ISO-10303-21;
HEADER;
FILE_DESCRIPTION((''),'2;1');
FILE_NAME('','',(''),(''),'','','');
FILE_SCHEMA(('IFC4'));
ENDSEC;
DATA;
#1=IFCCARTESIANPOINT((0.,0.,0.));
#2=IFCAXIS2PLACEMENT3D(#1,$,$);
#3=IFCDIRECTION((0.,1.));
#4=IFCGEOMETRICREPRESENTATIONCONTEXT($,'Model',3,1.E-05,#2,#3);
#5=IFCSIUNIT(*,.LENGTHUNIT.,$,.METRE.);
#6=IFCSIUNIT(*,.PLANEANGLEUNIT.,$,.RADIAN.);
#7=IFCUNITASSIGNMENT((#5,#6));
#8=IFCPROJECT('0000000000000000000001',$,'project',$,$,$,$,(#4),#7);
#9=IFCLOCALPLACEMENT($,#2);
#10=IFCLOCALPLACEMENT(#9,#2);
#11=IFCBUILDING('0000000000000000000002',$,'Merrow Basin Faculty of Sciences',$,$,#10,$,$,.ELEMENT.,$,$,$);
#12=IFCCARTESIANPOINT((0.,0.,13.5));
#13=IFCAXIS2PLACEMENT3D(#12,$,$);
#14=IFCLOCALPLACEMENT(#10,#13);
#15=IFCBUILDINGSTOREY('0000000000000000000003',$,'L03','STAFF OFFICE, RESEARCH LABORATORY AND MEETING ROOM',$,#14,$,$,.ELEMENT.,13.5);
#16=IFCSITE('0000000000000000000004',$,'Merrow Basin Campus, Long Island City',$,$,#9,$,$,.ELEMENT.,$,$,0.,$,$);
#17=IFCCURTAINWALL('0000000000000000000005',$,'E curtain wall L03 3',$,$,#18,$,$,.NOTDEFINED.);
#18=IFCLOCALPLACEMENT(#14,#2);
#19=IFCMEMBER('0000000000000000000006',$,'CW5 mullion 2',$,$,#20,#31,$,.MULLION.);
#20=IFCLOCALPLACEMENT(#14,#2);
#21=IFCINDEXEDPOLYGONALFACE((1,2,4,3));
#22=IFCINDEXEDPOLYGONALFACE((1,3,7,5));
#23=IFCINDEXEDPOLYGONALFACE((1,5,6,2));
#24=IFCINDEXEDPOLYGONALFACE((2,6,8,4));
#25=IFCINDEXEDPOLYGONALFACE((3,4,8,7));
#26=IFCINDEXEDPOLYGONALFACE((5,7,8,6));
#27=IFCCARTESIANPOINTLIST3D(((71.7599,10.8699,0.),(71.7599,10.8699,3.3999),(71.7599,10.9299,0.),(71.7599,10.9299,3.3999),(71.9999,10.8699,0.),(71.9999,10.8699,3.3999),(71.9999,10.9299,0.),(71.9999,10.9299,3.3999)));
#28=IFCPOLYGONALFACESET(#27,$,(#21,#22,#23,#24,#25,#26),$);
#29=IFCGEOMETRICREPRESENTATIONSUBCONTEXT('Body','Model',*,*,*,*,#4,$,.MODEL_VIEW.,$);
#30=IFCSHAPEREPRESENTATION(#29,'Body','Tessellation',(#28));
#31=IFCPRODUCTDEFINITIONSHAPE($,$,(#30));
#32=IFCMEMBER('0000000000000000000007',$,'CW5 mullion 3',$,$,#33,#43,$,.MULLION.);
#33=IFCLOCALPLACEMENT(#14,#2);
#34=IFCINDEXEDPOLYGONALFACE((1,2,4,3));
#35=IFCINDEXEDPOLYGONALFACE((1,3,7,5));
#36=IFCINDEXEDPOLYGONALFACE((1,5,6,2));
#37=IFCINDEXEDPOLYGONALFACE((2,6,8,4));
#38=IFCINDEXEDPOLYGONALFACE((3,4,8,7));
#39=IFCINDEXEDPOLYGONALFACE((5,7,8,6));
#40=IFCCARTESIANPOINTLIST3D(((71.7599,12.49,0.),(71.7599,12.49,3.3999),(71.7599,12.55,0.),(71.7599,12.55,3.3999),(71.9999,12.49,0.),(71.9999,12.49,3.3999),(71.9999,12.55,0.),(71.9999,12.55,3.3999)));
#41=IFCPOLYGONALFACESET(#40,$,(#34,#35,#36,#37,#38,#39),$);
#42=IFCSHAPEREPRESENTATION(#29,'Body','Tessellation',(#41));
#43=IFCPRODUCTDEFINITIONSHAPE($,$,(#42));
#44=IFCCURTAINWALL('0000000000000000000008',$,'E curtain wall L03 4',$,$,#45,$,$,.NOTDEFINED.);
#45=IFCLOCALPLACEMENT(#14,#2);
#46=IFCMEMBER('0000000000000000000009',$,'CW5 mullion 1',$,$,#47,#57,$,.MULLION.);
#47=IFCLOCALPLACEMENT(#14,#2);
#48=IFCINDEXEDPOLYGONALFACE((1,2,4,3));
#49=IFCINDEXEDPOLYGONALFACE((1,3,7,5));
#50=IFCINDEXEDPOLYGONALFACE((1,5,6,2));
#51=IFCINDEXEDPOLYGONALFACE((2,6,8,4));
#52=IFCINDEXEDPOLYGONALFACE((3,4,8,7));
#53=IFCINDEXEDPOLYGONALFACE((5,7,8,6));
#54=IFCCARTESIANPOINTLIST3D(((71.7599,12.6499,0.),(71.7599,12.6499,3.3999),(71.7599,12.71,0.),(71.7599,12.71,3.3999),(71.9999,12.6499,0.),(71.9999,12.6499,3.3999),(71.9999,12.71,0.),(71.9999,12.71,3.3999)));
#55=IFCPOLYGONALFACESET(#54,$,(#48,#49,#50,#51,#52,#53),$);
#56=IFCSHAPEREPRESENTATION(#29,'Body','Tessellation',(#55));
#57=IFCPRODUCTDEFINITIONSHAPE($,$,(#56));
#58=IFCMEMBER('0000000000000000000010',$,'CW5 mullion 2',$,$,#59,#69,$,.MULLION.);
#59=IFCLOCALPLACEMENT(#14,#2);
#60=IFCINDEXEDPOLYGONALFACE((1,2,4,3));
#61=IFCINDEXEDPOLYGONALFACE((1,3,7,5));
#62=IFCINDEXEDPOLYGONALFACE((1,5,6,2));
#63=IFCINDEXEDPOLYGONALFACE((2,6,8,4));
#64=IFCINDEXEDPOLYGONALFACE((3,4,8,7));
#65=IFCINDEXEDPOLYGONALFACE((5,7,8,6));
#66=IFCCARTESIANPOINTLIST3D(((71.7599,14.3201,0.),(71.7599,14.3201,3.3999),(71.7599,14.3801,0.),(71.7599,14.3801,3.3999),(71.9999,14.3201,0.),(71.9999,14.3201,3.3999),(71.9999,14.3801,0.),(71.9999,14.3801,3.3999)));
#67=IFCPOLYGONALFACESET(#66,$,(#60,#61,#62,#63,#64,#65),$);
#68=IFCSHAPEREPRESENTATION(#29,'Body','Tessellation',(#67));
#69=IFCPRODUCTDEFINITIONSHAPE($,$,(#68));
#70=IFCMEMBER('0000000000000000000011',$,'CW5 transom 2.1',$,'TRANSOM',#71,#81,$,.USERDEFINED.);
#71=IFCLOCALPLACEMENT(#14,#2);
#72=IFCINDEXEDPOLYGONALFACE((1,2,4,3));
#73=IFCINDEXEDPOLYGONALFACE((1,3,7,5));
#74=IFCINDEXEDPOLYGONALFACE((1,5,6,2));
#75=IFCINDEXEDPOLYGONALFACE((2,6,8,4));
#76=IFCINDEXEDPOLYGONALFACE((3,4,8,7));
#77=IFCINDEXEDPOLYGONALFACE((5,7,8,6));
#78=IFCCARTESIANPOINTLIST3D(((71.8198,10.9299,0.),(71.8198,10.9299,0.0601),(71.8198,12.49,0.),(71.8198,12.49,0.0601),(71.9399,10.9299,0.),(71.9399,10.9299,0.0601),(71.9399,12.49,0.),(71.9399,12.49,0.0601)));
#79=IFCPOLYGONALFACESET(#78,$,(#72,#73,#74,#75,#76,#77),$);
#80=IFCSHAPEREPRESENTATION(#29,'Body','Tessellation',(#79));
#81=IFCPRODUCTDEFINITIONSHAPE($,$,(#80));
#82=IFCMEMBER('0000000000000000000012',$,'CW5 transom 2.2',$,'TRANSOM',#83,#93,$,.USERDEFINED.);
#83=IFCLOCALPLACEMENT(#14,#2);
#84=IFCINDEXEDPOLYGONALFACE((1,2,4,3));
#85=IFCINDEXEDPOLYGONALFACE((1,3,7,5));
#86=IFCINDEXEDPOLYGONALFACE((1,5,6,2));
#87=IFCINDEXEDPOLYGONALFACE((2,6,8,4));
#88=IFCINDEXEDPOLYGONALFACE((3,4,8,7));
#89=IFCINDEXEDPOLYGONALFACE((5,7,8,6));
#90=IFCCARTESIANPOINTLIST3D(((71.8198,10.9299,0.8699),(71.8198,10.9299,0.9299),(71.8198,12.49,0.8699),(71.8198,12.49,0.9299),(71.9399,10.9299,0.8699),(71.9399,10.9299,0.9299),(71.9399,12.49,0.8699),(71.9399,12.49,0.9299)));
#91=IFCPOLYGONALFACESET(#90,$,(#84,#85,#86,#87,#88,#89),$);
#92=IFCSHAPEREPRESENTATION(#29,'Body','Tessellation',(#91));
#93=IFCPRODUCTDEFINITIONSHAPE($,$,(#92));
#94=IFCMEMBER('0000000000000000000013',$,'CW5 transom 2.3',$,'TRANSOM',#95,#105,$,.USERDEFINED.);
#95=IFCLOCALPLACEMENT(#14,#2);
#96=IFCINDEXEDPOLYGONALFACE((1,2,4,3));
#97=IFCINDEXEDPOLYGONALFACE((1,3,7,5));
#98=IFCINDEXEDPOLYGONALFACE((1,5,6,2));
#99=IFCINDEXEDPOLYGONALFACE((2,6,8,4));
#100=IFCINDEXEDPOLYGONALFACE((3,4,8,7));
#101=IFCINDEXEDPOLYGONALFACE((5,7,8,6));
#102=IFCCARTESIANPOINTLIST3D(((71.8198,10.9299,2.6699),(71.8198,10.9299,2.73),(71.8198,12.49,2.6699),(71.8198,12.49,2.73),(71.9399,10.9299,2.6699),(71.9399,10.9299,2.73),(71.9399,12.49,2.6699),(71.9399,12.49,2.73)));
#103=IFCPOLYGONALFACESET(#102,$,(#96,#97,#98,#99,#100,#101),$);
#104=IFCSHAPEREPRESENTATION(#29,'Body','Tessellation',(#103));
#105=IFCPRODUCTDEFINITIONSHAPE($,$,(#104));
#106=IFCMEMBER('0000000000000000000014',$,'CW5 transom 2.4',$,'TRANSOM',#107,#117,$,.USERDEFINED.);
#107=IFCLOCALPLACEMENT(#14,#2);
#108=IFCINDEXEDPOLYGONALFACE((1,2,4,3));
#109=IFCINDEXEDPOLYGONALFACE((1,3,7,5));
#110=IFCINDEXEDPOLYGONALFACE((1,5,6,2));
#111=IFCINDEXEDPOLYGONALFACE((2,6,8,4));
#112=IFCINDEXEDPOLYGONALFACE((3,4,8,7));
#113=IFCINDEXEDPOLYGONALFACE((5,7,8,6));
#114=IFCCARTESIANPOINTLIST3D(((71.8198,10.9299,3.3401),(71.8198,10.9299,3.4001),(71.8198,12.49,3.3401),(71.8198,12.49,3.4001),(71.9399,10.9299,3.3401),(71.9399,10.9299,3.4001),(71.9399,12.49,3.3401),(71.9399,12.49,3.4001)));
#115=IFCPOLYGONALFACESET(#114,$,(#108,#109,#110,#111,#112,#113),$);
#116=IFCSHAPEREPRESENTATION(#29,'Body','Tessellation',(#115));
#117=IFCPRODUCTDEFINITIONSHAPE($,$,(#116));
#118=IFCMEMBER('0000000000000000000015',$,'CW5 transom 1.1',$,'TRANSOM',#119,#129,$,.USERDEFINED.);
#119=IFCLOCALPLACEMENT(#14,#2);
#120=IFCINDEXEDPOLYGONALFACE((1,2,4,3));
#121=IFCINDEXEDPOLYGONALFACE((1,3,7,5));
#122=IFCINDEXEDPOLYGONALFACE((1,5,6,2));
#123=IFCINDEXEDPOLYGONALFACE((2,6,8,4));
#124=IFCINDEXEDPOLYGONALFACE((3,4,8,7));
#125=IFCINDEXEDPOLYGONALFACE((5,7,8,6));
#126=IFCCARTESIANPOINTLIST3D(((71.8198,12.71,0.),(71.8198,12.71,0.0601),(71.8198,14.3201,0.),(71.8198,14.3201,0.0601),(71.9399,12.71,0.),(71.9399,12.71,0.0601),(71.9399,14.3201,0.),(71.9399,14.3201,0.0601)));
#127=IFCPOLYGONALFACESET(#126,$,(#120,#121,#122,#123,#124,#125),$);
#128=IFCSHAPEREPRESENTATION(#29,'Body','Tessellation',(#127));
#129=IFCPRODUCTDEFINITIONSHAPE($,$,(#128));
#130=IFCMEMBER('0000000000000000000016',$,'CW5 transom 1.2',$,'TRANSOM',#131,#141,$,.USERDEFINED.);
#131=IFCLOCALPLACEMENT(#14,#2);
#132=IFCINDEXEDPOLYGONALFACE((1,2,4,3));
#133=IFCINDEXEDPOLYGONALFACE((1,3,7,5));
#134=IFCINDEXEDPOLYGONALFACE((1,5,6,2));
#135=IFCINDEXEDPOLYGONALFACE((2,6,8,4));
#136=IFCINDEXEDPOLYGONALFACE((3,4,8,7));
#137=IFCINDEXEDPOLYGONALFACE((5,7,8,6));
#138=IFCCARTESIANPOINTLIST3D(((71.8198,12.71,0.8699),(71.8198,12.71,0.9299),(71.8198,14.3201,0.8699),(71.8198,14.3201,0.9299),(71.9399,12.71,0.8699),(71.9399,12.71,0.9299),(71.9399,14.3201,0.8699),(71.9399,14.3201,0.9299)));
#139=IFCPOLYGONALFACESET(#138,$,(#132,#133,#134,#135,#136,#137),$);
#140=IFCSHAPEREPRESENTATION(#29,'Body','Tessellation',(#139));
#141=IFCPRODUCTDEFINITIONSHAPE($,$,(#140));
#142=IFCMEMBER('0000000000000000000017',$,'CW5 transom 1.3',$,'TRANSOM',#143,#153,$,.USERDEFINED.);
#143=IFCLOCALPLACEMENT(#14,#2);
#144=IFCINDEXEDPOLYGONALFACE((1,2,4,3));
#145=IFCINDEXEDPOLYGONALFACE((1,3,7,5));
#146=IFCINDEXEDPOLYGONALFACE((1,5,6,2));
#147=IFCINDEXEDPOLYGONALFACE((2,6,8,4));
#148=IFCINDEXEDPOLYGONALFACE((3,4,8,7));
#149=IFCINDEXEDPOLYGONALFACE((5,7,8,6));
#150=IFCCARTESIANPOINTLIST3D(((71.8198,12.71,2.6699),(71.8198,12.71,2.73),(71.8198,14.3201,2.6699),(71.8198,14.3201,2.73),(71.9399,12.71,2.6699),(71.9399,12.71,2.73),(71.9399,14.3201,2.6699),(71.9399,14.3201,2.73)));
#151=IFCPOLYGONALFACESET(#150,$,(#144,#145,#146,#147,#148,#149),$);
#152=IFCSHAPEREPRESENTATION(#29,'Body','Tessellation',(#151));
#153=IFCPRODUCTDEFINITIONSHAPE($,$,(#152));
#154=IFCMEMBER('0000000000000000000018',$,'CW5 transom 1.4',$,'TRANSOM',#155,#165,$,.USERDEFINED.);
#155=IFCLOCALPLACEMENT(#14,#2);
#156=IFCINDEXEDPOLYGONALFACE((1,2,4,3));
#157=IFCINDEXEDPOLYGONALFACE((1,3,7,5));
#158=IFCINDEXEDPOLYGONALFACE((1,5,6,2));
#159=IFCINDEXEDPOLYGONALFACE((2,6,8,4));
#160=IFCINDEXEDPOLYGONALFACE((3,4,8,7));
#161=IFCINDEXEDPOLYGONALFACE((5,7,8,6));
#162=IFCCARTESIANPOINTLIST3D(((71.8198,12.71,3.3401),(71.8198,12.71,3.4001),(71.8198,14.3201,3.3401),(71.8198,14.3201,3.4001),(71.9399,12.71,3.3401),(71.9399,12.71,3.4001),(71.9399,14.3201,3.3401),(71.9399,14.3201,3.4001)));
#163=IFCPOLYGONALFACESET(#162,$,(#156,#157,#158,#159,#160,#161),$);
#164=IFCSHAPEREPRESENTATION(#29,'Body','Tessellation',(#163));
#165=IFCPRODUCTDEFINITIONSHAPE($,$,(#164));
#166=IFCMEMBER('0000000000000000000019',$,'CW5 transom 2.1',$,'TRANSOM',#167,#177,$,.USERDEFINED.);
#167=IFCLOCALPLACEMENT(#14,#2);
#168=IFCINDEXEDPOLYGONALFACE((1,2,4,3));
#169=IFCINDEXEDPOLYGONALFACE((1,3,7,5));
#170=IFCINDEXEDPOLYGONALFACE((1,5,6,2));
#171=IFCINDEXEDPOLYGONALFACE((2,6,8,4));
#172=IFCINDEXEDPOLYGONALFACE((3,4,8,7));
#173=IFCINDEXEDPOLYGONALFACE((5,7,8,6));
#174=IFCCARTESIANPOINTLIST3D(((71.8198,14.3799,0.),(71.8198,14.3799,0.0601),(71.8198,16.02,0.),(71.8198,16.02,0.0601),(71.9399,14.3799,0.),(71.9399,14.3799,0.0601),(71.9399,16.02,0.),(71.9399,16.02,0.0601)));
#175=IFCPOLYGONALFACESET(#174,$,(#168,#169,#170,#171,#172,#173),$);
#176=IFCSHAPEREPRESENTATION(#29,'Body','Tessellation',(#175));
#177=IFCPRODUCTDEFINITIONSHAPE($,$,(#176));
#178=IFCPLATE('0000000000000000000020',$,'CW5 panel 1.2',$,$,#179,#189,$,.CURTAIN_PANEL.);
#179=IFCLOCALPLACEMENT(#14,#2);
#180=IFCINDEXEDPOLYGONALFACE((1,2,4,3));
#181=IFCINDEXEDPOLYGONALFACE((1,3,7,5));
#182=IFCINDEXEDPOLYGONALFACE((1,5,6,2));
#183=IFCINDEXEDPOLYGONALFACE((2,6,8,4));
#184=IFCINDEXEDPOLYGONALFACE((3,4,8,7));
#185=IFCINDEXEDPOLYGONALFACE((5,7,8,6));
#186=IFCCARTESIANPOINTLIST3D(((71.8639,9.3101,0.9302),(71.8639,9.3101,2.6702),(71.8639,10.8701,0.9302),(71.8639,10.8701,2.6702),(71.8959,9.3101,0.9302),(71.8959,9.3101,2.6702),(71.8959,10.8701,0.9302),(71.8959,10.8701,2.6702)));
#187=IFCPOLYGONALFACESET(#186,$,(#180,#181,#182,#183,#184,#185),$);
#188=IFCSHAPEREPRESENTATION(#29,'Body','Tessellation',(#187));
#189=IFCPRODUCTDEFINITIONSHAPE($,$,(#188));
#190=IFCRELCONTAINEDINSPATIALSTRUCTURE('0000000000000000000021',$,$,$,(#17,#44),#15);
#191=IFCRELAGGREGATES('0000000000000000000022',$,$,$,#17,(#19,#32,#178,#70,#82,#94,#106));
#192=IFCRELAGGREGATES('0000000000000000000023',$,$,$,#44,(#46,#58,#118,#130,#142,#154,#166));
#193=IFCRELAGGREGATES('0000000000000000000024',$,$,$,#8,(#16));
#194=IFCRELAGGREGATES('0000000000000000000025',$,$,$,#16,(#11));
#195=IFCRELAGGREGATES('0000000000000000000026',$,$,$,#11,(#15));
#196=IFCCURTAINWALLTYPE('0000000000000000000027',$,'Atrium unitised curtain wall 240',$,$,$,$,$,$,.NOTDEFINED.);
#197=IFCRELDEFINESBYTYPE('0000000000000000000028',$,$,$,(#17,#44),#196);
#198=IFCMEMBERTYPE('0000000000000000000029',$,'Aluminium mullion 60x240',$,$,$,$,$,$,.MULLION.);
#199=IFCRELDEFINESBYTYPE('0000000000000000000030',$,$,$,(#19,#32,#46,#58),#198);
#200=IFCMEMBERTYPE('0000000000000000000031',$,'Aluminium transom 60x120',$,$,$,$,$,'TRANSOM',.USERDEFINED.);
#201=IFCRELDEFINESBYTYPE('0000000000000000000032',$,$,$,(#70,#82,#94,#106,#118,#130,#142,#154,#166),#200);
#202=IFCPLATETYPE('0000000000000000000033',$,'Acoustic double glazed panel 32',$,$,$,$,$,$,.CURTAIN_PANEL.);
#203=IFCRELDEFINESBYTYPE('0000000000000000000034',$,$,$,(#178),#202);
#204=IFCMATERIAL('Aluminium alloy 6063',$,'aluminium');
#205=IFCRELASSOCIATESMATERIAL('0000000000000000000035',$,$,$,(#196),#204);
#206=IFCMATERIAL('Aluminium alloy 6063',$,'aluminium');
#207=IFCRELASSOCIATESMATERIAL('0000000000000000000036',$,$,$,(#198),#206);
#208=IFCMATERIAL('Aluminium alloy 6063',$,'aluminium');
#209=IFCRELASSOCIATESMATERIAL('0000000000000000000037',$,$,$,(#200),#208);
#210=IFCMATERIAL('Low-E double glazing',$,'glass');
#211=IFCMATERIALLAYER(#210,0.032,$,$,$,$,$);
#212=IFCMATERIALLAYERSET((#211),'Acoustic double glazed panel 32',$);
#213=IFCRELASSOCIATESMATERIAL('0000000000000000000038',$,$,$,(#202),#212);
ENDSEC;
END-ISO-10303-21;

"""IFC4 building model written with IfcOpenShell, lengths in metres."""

from ifc_helpers import new_model, si_unit, direction, frame, origin, origin_2d, place, context, subcontext, project, spatial, rectangle, extrude, material, layer, layer_set, material_profile, profile_set, type_object, element, aggregate, save


model = new_model("IFC4")

# Units and contexts
model_context = context("Model", 3, precision=1e-05, world=origin(), true_north=direction((0.0, 1.0)))
body_context = subcontext(model_context, "Body", "Model", "MODEL_VIEW")
ifc_project = project(units=[si_unit("LENGTHUNIT", "METRE"), si_unit("PLANEANGLEUNIT", "RADIAN")], contexts=[model_context])

# Site, building, storey
site_placement = place(None, origin())
site = spatial("IfcSite", under=ifc_project, at=site_placement, Name="Merrow Basin Campus, Long Island City", CompositionType="ELEMENT", RefElevation=0.0)
building_placement = place(site_placement, origin())
building = spatial("IfcBuilding", under=site, at=building_placement, Name="Merrow Basin Faculty of Sciences", CompositionType="ELEMENT")
storey_placement = place(building_placement, frame((0.0, 0.0, 13.5)))
storey = spatial("IfcBuildingStorey", under=building, at=storey_placement, Name="L03", Description="STAFF OFFICE, RESEARCH LABORATORY AND MEETING ROOM", CompositionType="ELEMENT", Elevation=13.5)

# Curtain walls, members
ifc_material_1 = material(Name="Aluminium alloy 6063", Category="aluminium")
curtain_wall_type = type_object("IfcCurtainWallType", Name="Atrium unitised curtain wall 240", PredefinedType="NOTDEFINED", material=ifc_material_1)
curtain_wall_1_placement = place(storey_placement, origin())
curtain_wall_1 = element("IfcCurtainWall", 1, at=curtain_wall_1_placement, inside=storey, type_object=curtain_wall_type, Name="E curtain wall L03 3", PredefinedType="NOTDEFINED")
ifc_material_2 = material(Name="Aluminium alloy 6063", Category="aluminium")
ifc_material_profile_1 = material_profile(ifc_material_2, rectangle(XDim=0.24, YDim=0.0601, at=origin_2d()))
ifc_profile_set_1 = profile_set([ifc_material_profile_1], Name="Aluminium alloy 6063")
member_type_1 = type_object("IfcMemberType", Name="Aluminium mullion 60x240", PredefinedType="MULLION", material=ifc_profile_set_1)
member_1_placement = place(storey_placement, frame((71.8799, 10.8999, 0.0), z_axis=(0.0, 0.0, 1.0), x_axis=(-1.0, 0.0, 0.0)))
member_1 = element("IfcMember", 2, at=member_1_placement, type_object=member_type_1, Name="CW5 mullion 2", PredefinedType="MULLION", context=body_context, shape_type="SweptSolid", body=[
    extrude(rectangle(XDim=0.24, YDim=0.0601, at=origin_2d()), origin(), (0.0, 0.0, 1.0), 3.3999),
])
member_2_placement = place(storey_placement, frame((71.8799, 12.52, 0.0), z_axis=(0.0, 0.0, 1.0), x_axis=(-1.0, 0.0, 0.0)))
member_2 = element("IfcMember", 3, at=member_2_placement, type_object=member_type_1, Name="CW5 mullion 3", PredefinedType="MULLION", context=body_context, shape_type="SweptSolid", body=[
    extrude(rectangle(XDim=0.24, YDim=0.0601, at=origin_2d()), origin(), (0.0, 0.0, 1.0), 3.3999),
])
curtain_wall_2_placement = place(storey_placement, origin())
curtain_wall_2 = element("IfcCurtainWall", 4, at=curtain_wall_2_placement, inside=storey, type_object=curtain_wall_type, Name="E curtain wall L03 4", PredefinedType="NOTDEFINED")
member_3_placement = place(storey_placement, frame((71.8799, 12.6799, 0.0), z_axis=(0.0, 0.0, 1.0), x_axis=(-1.0, 0.0, 0.0)))
member_3 = element("IfcMember", 5, at=member_3_placement, type_object=member_type_1, Name="CW5 mullion 1", PredefinedType="MULLION", context=body_context, shape_type="SweptSolid", body=[
    extrude(rectangle(XDim=0.24, YDim=0.0601, at=origin_2d()), origin(), (0.0, 0.0, 1.0), 3.3999),
])
member_4_placement = place(storey_placement, frame((71.8799, 14.3501, 0.0), z_axis=(0.0, 0.0, 1.0), x_axis=(-1.0, 0.0, 0.0)))
member_4 = element("IfcMember", 6, at=member_4_placement, type_object=member_type_1, Name="CW5 mullion 2", PredefinedType="MULLION", context=body_context, shape_type="SweptSolid", body=[
    extrude(rectangle(XDim=0.24, YDim=0.0601, at=origin_2d()), origin(), (0.0, 0.0, 1.0), 3.3999),
])

# Members
ifc_material_3 = material(Name="Aluminium alloy 6063", Category="aluminium")
ifc_material_profile_2 = material_profile(ifc_material_3, rectangle(XDim=0.1201, YDim=0.0601, at=origin_2d()))
ifc_profile_set_2 = profile_set([ifc_material_profile_2], Name="Aluminium alloy 6063")
member_type_2 = type_object("IfcMemberType", Name="Aluminium transom 60x120", ElementType="TRANSOM", PredefinedType="USERDEFINED", material=ifc_profile_set_2)
member_5_placement = place(storey_placement, frame((71.8799, 10.9299, 0.03), z_axis=(0.0, 1.0, 0.0), x_axis=(-1.0, 0.0, 0.0)))
member_5 = element("IfcMember", 7, at=member_5_placement, type_object=member_type_2, Name="CW5 transom 2.1", ObjectType="TRANSOM", PredefinedType="USERDEFINED", context=body_context, shape_type="SweptSolid", body=[
    extrude(rectangle(XDim=0.1201, YDim=0.0601, at=origin_2d()), origin(), (0.0, 0.0, 1.0), 1.5601),
])
member_6_placement = place(storey_placement, frame((71.8799, 10.9299, 0.8999), z_axis=(0.0, 1.0, 0.0), x_axis=(-1.0, 0.0, 0.0)))
member_6 = element("IfcMember", 8, at=member_6_placement, type_object=member_type_2, Name="CW5 transom 2.2", ObjectType="TRANSOM", PredefinedType="USERDEFINED", context=body_context, shape_type="SweptSolid", body=[
    extrude(rectangle(XDim=0.1201, YDim=0.0601, at=origin_2d()), origin(), (0.0, 0.0, 1.0), 1.5601),
])
member_7_placement = place(storey_placement, frame((71.8799, 10.9299, 2.7), z_axis=(0.0, 1.0, 0.0), x_axis=(-1.0, 0.0, 0.0)))
member_7 = element("IfcMember", 9, at=member_7_placement, type_object=member_type_2, Name="CW5 transom 2.3", ObjectType="TRANSOM", PredefinedType="USERDEFINED", context=body_context, shape_type="SweptSolid", body=[
    extrude(rectangle(XDim=0.1201, YDim=0.0601, at=origin_2d()), origin(), (0.0, 0.0, 1.0), 1.5601),
])
member_8_placement = place(storey_placement, frame((71.8799, 10.9299, 3.3701), z_axis=(0.0, 1.0, 0.0), x_axis=(-1.0, 0.0, 0.0)))
member_8 = element("IfcMember", 10, at=member_8_placement, type_object=member_type_2, Name="CW5 transom 2.4", ObjectType="TRANSOM", PredefinedType="USERDEFINED", context=body_context, shape_type="SweptSolid", body=[
    extrude(rectangle(XDim=0.1201, YDim=0.0601, at=origin_2d()), origin(), (0.0, 0.0, 1.0), 1.5601),
])
member_9_placement = place(storey_placement, frame((71.8799, 12.71, 0.03), z_axis=(0.0, 1.0, 0.0), x_axis=(-1.0, 0.0, 0.0)))
member_9 = element("IfcMember", 11, at=member_9_placement, type_object=member_type_2, Name="CW5 transom 1.1", ObjectType="TRANSOM", PredefinedType="USERDEFINED", context=body_context, shape_type="SweptSolid", body=[
    extrude(rectangle(XDim=0.1201, YDim=0.0601, at=origin_2d()), origin(), (0.0, 0.0, 1.0), 1.6101),
])
member_10_placement = place(storey_placement, frame((71.8799, 12.71, 0.8999), z_axis=(0.0, 1.0, 0.0), x_axis=(-1.0, 0.0, 0.0)))
member_10 = element("IfcMember", 12, at=member_10_placement, type_object=member_type_2, Name="CW5 transom 1.2", ObjectType="TRANSOM", PredefinedType="USERDEFINED", context=body_context, shape_type="SweptSolid", body=[
    extrude(rectangle(XDim=0.1201, YDim=0.0601, at=origin_2d()), origin(), (0.0, 0.0, 1.0), 1.6101),
])
member_11_placement = place(storey_placement, frame((71.8799, 12.71, 2.7), z_axis=(0.0, 1.0, 0.0), x_axis=(-1.0, 0.0, 0.0)))
member_11 = element("IfcMember", 13, at=member_11_placement, type_object=member_type_2, Name="CW5 transom 1.3", ObjectType="TRANSOM", PredefinedType="USERDEFINED", context=body_context, shape_type="SweptSolid", body=[
    extrude(rectangle(XDim=0.1201, YDim=0.0601, at=origin_2d()), origin(), (0.0, 0.0, 1.0), 1.6101),
])
member_12_placement = place(storey_placement, frame((71.8799, 12.71, 3.3701), z_axis=(0.0, 1.0, 0.0), x_axis=(-1.0, 0.0, 0.0)))
member_12 = element("IfcMember", 14, at=member_12_placement, type_object=member_type_2, Name="CW5 transom 1.4", ObjectType="TRANSOM", PredefinedType="USERDEFINED", context=body_context, shape_type="SweptSolid", body=[
    extrude(rectangle(XDim=0.1201, YDim=0.0601, at=origin_2d()), origin(), (0.0, 0.0, 1.0), 1.6101),
])
member_13_placement = place(storey_placement, frame((71.8799, 14.3799, 0.03), z_axis=(0.0, 1.0, 0.0), x_axis=(-1.0, 0.0, 0.0)))
member_13 = element("IfcMember", 15, at=member_13_placement, type_object=member_type_2, Name="CW5 transom 2.1", ObjectType="TRANSOM", PredefinedType="USERDEFINED", context=body_context, shape_type="SweptSolid", body=[
    extrude(rectangle(XDim=0.1201, YDim=0.0601, at=origin_2d()), origin(), (0.0, 0.0, 1.0), 1.6401),
])

# Plate
ifc_material_4 = material(Name="Low-E double glazing", Category="glass")
ifc_layer_1 = layer(ifc_material_4, 0.032)
ifc_layer_set_1 = layer_set([ifc_layer_1], Name="Acoustic double glazed panel 32")
plate_type_1 = type_object("IfcPlateType", Name="Acoustic double glazed panel 32", PredefinedType="CURTAIN_PANEL", material=ifc_layer_set_1)
plate_1_placement = place(storey_placement, frame((71.8799, 10.0901, 0.9302), z_axis=(0.0, 0.0, 1.0), x_axis=(0.0, 1.0, 0.0)))
plate_1 = element("IfcPlate", 16, at=plate_1_placement, type_object=plate_type_1, Name="CW5 panel 1.2", PredefinedType="CURTAIN_PANEL", context=body_context, shape_type="SweptSolid", body=[
    extrude(rectangle(XDim=1.5601, YDim=0.032, at=origin_2d()), origin(), (0.0, 0.0, 1.0), 1.74),
])
aggregate(curtain_wall_1, [member_1, member_2, plate_1, member_5, member_6, member_7, member_8])
aggregate(curtain_wall_2, [member_3, member_4, member_9, member_10, member_11, member_12, member_13])

save(model, "model.ifc")
